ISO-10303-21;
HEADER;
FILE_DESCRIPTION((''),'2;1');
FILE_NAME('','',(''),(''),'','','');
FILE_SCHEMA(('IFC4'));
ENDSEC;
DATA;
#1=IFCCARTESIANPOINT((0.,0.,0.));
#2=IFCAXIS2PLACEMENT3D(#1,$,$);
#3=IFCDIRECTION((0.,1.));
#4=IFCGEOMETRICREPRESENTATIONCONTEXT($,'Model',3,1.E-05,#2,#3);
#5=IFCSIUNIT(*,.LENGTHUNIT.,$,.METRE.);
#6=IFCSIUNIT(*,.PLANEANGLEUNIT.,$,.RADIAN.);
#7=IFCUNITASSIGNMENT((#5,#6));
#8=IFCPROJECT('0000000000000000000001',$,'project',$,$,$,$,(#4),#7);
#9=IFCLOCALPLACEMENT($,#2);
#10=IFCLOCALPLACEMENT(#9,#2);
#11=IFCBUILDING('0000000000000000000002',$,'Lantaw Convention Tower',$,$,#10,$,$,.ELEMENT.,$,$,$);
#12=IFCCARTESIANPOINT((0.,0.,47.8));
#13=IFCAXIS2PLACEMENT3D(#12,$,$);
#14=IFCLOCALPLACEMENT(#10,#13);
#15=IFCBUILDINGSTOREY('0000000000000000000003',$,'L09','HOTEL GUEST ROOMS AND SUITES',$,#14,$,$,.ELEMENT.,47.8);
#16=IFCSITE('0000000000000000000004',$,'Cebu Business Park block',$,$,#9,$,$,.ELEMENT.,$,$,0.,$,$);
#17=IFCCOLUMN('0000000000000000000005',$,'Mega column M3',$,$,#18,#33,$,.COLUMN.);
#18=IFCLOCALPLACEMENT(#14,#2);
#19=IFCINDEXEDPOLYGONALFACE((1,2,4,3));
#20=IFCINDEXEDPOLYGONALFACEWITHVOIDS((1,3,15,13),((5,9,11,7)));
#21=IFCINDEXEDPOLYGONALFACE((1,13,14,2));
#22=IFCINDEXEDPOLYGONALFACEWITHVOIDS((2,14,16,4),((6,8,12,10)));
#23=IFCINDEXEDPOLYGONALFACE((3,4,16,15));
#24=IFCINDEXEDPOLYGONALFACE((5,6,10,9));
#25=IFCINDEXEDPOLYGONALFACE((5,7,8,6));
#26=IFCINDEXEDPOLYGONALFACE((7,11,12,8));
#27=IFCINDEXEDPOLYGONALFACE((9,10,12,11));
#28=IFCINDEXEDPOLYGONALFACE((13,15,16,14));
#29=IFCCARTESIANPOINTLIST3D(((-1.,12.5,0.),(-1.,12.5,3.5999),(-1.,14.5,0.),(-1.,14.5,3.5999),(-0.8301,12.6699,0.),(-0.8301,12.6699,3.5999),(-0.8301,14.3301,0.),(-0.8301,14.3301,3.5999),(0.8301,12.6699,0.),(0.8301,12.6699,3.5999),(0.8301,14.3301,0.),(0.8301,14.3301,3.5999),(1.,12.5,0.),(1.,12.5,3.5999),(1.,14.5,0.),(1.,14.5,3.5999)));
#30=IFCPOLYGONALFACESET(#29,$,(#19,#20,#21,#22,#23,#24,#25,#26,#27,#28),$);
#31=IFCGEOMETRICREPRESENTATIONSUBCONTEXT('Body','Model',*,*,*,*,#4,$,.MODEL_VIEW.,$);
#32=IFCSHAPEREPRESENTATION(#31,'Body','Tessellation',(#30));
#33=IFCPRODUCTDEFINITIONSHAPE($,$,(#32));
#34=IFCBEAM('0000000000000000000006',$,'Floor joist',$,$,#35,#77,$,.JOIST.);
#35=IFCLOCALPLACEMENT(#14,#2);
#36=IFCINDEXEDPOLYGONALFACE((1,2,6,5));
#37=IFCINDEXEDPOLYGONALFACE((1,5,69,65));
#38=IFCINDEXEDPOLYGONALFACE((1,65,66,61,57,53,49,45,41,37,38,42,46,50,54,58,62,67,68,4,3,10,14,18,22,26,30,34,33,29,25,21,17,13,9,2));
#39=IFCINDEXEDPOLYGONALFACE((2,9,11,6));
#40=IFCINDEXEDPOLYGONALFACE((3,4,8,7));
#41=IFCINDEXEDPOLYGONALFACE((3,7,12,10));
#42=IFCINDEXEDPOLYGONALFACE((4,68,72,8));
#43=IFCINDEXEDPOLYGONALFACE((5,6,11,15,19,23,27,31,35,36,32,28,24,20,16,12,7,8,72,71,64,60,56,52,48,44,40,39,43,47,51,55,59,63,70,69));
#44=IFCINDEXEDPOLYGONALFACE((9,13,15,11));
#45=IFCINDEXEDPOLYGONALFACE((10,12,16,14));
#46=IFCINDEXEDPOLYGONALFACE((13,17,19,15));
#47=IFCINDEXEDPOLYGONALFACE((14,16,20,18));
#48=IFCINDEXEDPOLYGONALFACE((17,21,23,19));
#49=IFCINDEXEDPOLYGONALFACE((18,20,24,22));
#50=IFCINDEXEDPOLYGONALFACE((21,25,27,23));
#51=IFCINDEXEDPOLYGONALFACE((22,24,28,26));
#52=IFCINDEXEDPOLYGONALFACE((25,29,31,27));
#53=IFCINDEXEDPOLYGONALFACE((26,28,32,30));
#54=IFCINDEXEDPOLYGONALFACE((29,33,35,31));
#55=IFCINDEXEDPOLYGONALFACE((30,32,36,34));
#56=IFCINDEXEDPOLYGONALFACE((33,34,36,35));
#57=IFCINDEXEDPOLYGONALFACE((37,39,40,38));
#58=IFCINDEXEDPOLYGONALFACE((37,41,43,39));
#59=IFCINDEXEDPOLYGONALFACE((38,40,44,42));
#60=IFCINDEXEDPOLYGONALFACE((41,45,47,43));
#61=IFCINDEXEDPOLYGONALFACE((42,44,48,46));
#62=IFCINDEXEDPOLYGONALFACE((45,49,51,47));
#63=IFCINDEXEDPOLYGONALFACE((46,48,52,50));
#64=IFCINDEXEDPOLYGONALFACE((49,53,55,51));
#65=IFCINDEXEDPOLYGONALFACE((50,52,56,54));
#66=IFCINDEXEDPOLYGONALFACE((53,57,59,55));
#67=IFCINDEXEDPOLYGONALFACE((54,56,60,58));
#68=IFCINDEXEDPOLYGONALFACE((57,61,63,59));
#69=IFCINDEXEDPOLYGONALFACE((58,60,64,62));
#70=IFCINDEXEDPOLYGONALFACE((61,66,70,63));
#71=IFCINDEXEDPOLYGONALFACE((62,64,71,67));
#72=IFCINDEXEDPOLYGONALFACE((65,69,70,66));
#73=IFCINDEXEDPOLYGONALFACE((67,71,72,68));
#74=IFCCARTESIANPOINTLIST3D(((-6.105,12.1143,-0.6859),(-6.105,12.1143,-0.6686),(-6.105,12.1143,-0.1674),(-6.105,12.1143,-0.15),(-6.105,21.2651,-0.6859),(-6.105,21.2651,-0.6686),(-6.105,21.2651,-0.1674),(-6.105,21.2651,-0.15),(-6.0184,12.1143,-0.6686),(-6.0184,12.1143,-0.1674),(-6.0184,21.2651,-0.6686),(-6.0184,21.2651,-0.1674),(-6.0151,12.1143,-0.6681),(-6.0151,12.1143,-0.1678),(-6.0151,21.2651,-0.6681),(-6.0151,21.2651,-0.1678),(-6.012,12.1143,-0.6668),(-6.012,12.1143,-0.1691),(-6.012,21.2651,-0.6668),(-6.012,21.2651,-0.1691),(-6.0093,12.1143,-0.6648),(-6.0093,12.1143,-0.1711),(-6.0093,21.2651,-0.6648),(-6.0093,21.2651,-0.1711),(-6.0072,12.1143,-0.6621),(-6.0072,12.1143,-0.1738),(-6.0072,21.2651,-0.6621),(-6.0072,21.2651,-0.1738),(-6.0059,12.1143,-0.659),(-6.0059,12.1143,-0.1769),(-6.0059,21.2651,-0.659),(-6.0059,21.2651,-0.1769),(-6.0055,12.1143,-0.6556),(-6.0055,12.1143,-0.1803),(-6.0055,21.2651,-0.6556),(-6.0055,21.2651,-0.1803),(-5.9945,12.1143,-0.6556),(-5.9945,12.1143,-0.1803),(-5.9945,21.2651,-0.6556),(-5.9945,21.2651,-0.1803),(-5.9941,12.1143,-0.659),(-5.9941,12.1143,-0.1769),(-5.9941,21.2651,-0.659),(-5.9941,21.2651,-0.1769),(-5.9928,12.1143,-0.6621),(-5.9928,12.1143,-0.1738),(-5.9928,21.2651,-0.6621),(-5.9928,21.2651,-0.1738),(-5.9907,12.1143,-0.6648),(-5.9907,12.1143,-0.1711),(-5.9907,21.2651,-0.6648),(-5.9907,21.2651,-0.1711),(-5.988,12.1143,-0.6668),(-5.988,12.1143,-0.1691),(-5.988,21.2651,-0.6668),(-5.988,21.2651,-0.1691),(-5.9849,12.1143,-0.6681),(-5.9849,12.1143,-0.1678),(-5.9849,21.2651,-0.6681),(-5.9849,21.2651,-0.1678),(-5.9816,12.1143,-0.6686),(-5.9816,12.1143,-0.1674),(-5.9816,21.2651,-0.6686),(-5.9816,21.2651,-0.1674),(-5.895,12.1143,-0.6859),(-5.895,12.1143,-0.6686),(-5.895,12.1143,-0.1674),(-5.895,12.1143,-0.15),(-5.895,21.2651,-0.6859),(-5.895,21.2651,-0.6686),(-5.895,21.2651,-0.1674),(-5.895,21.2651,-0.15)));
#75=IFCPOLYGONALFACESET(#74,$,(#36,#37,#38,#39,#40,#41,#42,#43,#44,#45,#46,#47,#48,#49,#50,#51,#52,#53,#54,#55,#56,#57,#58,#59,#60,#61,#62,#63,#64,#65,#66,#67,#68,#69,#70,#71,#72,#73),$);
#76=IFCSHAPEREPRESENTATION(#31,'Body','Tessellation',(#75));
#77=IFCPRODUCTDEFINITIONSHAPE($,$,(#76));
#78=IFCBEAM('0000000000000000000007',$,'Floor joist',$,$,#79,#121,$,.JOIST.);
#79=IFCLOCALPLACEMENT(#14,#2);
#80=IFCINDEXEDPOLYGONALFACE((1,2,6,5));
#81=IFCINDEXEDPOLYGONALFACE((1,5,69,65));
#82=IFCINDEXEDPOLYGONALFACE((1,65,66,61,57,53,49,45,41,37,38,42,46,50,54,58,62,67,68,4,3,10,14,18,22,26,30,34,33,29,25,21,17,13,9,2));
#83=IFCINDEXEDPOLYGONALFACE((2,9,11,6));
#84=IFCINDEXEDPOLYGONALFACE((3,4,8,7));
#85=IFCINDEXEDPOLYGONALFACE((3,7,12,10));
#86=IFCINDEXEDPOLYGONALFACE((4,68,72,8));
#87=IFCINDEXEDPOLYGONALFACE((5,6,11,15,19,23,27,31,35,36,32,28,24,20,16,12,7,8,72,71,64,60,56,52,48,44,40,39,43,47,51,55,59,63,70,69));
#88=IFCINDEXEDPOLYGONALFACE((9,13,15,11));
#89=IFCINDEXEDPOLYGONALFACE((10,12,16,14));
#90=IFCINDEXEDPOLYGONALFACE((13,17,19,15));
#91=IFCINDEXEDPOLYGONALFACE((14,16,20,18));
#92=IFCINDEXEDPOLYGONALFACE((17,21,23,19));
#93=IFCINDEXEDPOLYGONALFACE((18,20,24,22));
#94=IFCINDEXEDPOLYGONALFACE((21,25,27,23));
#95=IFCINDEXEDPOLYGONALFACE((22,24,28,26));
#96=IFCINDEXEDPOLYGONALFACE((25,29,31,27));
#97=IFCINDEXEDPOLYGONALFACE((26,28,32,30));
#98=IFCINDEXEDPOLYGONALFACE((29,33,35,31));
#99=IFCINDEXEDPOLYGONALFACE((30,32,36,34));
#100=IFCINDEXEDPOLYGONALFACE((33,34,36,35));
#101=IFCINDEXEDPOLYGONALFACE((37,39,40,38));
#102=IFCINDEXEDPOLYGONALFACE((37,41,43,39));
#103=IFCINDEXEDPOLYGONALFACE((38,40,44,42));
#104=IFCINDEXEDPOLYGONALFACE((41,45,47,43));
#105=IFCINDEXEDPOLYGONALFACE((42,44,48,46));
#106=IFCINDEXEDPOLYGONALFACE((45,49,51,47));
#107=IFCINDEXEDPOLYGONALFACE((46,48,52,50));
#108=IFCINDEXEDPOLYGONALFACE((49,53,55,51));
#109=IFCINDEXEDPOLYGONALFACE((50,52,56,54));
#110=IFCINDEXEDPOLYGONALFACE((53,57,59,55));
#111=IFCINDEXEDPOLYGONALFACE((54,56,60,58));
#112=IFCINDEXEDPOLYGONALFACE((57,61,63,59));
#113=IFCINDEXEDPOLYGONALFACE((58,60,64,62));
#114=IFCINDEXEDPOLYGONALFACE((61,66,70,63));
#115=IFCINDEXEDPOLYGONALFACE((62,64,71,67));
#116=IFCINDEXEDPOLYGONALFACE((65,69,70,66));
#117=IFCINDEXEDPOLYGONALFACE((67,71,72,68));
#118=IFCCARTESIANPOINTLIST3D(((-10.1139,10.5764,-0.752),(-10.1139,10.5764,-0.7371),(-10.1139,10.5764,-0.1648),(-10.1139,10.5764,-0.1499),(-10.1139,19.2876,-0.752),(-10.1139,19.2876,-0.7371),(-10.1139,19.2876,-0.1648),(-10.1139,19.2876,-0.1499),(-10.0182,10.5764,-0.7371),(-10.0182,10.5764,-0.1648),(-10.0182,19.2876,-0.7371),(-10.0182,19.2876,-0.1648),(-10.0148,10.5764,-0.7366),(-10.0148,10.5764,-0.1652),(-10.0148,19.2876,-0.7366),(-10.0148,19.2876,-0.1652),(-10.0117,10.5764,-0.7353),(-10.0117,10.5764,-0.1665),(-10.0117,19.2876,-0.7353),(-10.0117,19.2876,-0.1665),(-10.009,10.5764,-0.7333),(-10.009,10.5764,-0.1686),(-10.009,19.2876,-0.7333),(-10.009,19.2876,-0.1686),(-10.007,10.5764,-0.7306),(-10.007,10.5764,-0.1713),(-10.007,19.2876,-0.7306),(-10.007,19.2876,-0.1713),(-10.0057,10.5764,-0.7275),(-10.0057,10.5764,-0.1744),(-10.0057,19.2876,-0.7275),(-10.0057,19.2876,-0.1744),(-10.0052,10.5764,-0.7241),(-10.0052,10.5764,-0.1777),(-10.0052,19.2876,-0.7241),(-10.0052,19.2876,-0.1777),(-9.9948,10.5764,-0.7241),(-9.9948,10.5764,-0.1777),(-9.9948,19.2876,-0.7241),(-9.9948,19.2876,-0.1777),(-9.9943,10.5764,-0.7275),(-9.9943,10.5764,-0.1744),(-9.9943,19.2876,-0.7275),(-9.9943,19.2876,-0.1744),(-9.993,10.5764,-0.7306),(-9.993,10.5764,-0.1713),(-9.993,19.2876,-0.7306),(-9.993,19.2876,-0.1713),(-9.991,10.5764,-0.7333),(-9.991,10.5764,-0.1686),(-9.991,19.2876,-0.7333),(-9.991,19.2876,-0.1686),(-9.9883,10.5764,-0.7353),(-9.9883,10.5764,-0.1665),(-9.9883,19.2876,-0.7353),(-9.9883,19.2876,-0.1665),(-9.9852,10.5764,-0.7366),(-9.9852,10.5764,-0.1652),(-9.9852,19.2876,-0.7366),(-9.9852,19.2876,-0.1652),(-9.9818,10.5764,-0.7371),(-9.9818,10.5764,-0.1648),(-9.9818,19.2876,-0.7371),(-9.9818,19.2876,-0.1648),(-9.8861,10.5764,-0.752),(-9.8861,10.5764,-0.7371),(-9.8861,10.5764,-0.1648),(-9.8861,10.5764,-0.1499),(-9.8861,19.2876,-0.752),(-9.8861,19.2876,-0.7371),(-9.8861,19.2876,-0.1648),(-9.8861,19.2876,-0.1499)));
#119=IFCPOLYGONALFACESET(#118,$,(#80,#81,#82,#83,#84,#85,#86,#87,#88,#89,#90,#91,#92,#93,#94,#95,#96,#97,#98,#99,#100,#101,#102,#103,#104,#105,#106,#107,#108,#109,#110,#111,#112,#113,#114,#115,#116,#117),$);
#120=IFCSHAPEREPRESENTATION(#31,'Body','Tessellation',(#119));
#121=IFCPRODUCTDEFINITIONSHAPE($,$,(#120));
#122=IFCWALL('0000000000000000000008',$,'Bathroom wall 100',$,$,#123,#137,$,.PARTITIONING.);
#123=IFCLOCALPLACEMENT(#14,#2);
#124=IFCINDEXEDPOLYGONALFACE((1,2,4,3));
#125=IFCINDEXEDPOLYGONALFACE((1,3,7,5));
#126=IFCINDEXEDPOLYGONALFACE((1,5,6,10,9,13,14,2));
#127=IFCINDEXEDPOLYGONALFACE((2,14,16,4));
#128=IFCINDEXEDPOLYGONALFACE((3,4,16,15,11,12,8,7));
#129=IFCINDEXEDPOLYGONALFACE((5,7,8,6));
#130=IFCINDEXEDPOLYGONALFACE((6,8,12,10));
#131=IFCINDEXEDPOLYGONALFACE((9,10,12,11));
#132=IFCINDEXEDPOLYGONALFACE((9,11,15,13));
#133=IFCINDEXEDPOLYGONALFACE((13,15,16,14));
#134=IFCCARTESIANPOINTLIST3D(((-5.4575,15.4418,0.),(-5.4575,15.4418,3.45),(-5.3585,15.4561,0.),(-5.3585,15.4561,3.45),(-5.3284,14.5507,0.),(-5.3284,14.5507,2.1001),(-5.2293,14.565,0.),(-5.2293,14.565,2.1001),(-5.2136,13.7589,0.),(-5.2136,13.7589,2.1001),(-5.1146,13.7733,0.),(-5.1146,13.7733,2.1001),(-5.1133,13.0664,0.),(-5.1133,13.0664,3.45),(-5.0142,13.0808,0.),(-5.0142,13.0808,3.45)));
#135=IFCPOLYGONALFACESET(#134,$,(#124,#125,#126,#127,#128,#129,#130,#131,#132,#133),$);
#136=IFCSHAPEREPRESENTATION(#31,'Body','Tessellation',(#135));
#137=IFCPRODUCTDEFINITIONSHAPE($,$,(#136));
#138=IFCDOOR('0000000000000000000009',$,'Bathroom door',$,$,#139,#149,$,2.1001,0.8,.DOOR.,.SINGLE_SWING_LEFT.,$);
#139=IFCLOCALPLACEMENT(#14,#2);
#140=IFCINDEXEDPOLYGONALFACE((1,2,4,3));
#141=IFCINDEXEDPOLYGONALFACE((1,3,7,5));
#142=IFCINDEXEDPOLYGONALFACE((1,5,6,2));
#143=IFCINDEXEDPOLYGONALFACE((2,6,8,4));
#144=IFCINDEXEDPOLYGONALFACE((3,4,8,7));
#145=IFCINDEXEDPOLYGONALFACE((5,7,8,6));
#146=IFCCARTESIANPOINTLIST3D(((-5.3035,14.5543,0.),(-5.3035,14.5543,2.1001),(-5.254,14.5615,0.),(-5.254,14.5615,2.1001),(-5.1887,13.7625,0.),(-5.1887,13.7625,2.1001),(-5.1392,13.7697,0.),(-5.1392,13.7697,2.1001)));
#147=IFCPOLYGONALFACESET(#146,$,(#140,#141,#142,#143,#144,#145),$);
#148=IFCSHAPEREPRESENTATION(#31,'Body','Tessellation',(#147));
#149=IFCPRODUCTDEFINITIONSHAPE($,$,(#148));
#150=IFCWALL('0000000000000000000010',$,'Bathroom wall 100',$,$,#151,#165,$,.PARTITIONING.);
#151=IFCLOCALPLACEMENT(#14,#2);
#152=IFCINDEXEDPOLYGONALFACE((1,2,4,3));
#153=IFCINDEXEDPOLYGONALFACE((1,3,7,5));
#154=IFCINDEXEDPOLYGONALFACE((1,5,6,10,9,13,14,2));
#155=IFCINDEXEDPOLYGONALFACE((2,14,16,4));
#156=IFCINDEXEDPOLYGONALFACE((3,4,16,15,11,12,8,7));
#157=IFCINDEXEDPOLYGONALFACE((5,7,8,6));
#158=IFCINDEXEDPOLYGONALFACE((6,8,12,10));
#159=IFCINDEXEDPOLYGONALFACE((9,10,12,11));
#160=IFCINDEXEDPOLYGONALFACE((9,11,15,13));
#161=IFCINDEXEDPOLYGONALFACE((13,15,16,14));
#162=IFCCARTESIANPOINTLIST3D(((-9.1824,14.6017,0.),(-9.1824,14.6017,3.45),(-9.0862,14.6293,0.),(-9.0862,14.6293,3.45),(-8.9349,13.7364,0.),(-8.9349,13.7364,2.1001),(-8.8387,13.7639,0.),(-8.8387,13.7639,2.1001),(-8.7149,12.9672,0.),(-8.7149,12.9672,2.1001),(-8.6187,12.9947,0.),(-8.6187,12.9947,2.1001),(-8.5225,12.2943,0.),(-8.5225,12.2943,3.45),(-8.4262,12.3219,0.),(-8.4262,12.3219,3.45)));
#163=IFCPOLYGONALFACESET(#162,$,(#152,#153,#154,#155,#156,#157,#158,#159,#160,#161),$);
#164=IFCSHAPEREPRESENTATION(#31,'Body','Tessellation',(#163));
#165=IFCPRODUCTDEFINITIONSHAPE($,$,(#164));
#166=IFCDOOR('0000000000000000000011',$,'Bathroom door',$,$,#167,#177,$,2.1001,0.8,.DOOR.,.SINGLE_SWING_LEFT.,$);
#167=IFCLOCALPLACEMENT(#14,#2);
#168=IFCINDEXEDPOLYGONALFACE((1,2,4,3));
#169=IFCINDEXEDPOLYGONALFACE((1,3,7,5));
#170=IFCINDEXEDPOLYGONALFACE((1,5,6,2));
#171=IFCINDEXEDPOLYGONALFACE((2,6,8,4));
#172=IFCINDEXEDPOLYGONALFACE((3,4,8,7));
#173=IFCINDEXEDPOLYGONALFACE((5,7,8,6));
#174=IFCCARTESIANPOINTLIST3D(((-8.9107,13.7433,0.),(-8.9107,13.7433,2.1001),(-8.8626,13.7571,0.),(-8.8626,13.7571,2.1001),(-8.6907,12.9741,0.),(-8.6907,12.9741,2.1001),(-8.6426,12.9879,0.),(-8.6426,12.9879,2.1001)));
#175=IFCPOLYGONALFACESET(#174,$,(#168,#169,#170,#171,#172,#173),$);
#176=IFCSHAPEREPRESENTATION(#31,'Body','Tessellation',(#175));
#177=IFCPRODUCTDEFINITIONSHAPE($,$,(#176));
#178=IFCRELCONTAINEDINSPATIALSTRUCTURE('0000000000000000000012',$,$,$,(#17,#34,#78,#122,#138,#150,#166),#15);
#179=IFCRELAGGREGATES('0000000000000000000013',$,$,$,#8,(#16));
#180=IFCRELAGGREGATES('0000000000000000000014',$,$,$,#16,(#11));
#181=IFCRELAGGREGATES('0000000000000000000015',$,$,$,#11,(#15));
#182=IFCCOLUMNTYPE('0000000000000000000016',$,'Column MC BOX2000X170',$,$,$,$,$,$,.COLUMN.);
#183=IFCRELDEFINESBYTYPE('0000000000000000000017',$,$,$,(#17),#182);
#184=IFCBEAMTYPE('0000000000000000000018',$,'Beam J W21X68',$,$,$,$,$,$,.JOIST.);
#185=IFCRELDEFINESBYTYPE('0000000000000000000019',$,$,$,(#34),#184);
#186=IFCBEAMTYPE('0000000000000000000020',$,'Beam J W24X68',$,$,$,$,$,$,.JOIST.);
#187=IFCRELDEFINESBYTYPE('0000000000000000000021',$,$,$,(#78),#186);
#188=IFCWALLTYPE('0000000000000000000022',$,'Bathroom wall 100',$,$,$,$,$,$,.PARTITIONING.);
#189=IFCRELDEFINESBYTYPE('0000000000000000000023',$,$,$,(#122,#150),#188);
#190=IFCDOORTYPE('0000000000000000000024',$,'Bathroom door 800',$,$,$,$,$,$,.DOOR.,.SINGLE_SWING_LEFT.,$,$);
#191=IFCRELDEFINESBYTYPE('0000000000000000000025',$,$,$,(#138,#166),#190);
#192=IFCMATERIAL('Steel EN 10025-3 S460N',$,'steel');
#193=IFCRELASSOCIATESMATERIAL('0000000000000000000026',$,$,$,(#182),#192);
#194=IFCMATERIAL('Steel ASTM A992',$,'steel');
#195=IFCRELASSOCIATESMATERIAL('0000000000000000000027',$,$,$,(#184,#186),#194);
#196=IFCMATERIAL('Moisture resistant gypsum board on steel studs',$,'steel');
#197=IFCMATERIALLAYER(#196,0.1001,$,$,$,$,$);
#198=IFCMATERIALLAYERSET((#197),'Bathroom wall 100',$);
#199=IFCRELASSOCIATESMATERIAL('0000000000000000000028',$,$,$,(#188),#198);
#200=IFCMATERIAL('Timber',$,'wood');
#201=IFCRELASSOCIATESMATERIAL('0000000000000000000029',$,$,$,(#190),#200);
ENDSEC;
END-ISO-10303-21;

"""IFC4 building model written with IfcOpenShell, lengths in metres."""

from ifc_helpers import new_model, si_unit, direction, frame, frame_2d, origin, origin_2d, place, context, subcontext, project, spatial, rectangle, hollow_rectangle, i_section, extrude, material, layer, layer_set, material_profile, profile_set, type_object, element, fill, save


model = new_model("IFC4")

# Units and contexts
model_context = context("Model", 3, precision=1e-05, world=origin(), true_north=direction((0.0, 1.0)))
body_context = subcontext(model_context, "Body", "Model", "MODEL_VIEW")
ifc_project = project(units=[si_unit("LENGTHUNIT", "METRE"), si_unit("PLANEANGLEUNIT", "RADIAN")], contexts=[model_context])

# Site, building, storey
site_placement = place(None, origin())
site = spatial("IfcSite", under=ifc_project, at=site_placement, Name="Cebu Business Park block", CompositionType="ELEMENT", RefElevation=0.0)
building_placement = place(site_placement, origin())
building = spatial("IfcBuilding", under=site, at=building_placement, Name="Lantaw Convention Tower", CompositionType="ELEMENT")
storey_placement = place(building_placement, frame((0.0, 0.0, 47.8)))
storey = spatial("IfcBuildingStorey", under=building, at=storey_placement, Name="L09", Description="HOTEL GUEST ROOMS AND SUITES", CompositionType="ELEMENT", Elevation=47.8)

# Column
ifc_material_1 = material(Name="Steel EN 10025-3 S460N", Category="steel")
ifc_material_profile_1 = material_profile(ifc_material_1, hollow_rectangle(XDim=2.0, YDim=2.0, WallThickness=0.1699, at=origin_2d()), Name="BOX2000X170")
ifc_material_2 = material(Name="Concrete C60/75", Category="concrete")
ifc_material_profile_2 = material_profile(ifc_material_2, rectangle(XDim=1.6599, YDim=1.6599, at=origin_2d()), Name="Concrete fill of BOX2000X170")
ifc_profile_set_1 = profile_set([ifc_material_profile_1, ifc_material_profile_2], Name="Steel EN 10025-3 S460N")
column_type = type_object("IfcColumnType", Name="Column MC BOX2000X170", PredefinedType="COLUMN", material=ifc_profile_set_1)
column_placement = place(storey_placement, frame((0.0, 13.5, 0.0), z_axis=(0.0, 0.0, 1.0), x_axis=(1.0, 0.0, 0.0)))
element("IfcColumn", 1, at=column_placement, inside=storey, type_object=column_type, Name="Mega column M3", PredefinedType="COLUMN", context=body_context, shape_type="SweptSolid", body=[
    extrude(hollow_rectangle(XDim=2.0, YDim=2.0, WallThickness=0.1699, at=origin_2d()), origin(), (0.0, 0.0, 1.0), 3.5999),
])

# Beams
ifc_material_3 = material(Name="Steel ASTM A992", Category="steel")
ifc_material_profile_3 = material_profile(ifc_material_3, i_section(OverallWidth=0.21, OverallDepth=0.5359, WebThickness=0.011, FlangeThickness=0.0173, FilletRadius=0.0129, at=origin_2d()), Name="W21X68")
ifc_profile_set_2 = profile_set([ifc_material_profile_3], Name="Steel ASTM A992")
beam_type_1 = type_object("IfcBeamType", Name="Beam J W21X68", PredefinedType="JOIST", material=ifc_profile_set_2)
beam_1_placement = place(storey_placement, frame((-6.0, 12.1143, -0.418), z_axis=(0.0, 1.0, 0.0), x_axis=(-1.0, 0.0, 0.0)))
element("IfcBeam", 2, at=beam_1_placement, inside=storey, type_object=beam_type_1, Name="Floor joist", PredefinedType="JOIST", context=body_context, shape_type="SweptSolid", body=[
    extrude(i_section(OverallWidth=0.21, OverallDepth=0.5359, WebThickness=0.011, FlangeThickness=0.0173, FilletRadius=0.0129, at=origin_2d()), origin(), (0.0, 0.0, 1.0), 9.1509),
])
ifc_material_profile_4 = material_profile(ifc_material_3, i_section(OverallWidth=0.2278, OverallDepth=0.6021, WebThickness=0.0105, FlangeThickness=0.0149, FilletRadius=0.0129, at=origin_2d()), Name="W24X68")
ifc_profile_set_3 = profile_set([ifc_material_profile_4], Name="Steel ASTM A992")
beam_type_2 = type_object("IfcBeamType", Name="Beam J W24X68", PredefinedType="JOIST", material=ifc_profile_set_3)
beam_2_placement = place(storey_placement, frame((-10.0, 10.5764, -0.4509), z_axis=(0.0, 1.0, 0.0), x_axis=(-1.0, 0.0, 0.0)))
element("IfcBeam", 3, at=beam_2_placement, inside=storey, type_object=beam_type_2, Name="Floor joist", PredefinedType="JOIST", context=body_context, shape_type="SweptSolid", body=[
    extrude(i_section(OverallWidth=0.2278, OverallDepth=0.6021, WebThickness=0.0105, FlangeThickness=0.0149, FilletRadius=0.0129, at=origin_2d()), origin(), (0.0, 0.0, 1.0), 8.7112),
])

# Walls, openings, doors
ifc_material_4 = material(Name="Moisture resistant gypsum board on steel studs", Category="steel")
ifc_layer_1 = layer(ifc_material_4, 0.1001)
ifc_layer_set_1 = layer_set([ifc_layer_1], Name="Bathroom wall 100")
wall_type_1 = type_object("IfcWallType", Name="Bathroom wall 100", PredefinedType="PARTITIONING", material=ifc_layer_set_1)
wall_1_placement = place(storey_placement, frame((-5.0637, 13.0735, 0.0), z_axis=(0.0, 0.0, 1.0), x_axis=(-0.143429, 0.989661, 0.0)))
wall_1 = element("IfcWall", 4, at=wall_1_placement, inside=storey, type_object=wall_type_1, Name="Bathroom wall 100", PredefinedType="PARTITIONING", context=body_context, shape_type="SweptSolid", body=[
    extrude(rectangle(XDim=2.4001, YDim=0.1001, at=frame_2d((1.2002, 0.0))), origin(), (0.0, 0.0, 1.0), 3.45),
])
opening_1_placement = place(wall_1_placement, frame((0.7, 0.0, 0.0)))
opening_1 = element("IfcOpeningElement", 5, at=opening_1_placement, cuts=wall_1, PredefinedType="OPENING", context=body_context, shape_type="SweptSolid", body=[
    extrude(rectangle(XDim=0.8, YDim=2.1001, at=frame_2d((0.3999, 1.05))), frame((0.0, 0.0601, 0.0), z_axis=(0.0, -1.0, 0.0), x_axis=(1.0, 0.0, 0.0)), (0.0, 0.0, 1.0), 0.1201),
])
ifc_material_5 = material(Name="Timber", Category="wood")
door_type_1 = type_object("IfcDoorType", Name="Bathroom door 800", OperationType="SINGLE_SWING_LEFT", PredefinedType="DOOR", material=ifc_material_5)
door_1_placement = place(opening_1_placement, origin())
door_1 = element("IfcDoor", 6, at=door_1_placement, inside=storey, type_object=door_type_1, Name="Bathroom door", OperationType="SINGLE_SWING_LEFT", OverallHeight=2.1001, OverallWidth=0.8, PredefinedType="DOOR", context=body_context, shape_type="SweptSolid", body=[
    extrude(rectangle(XDim=0.8, YDim=2.1001, at=frame_2d((0.3999, 1.05))), frame((0.0, 0.0249, 0.0), z_axis=(0.0, -1.0, 0.0), x_axis=(1.0, 0.0, 0.0)), (0.0, 0.0, 1.0), 0.05),
])
fill(opening_1, door_1)
wall_2_placement = place(storey_placement, frame((-8.4744, 12.3081, 0.0), z_axis=(0.0, 0.0, 1.0), x_axis=(-0.274976, 0.961451, 0.0)))
wall_2 = element("IfcWall", 7, at=wall_2_placement, inside=storey, type_object=wall_type_1, Name="Bathroom wall 100", PredefinedType="PARTITIONING", context=body_context, shape_type="SweptSolid", body=[
    extrude(rectangle(XDim=2.3999, YDim=0.1001, at=frame_2d((1.2, 0.0))), origin(), (0.0, 0.0, 1.0), 3.45),
])
opening_2_placement = place(wall_2_placement, frame((0.7, 0.0, 0.0)))
opening_2 = element("IfcOpeningElement", 8, at=opening_2_placement, cuts=wall_2, PredefinedType="OPENING", context=body_context, shape_type="SweptSolid", body=[
    extrude(rectangle(XDim=0.8, YDim=2.1001, at=frame_2d((0.3999, 1.05))), frame((0.0, 0.0601, 0.0), z_axis=(0.0, -1.0, 0.0), x_axis=(1.0, 0.0, 0.0)), (0.0, 0.0, 1.0), 0.1201),
])
door_2_placement = place(opening_2_placement, origin())
door_2 = element("IfcDoor", 9, at=door_2_placement, inside=storey, type_object=door_type_1, Name="Bathroom door", OperationType="SINGLE_SWING_LEFT", OverallHeight=2.1001, OverallWidth=0.8, PredefinedType="DOOR", context=body_context, shape_type="SweptSolid", body=[
    extrude(rectangle(XDim=0.8, YDim=2.1001, at=frame_2d((0.3999, 1.05))), frame((0.0, 0.0249, 0.0), z_axis=(0.0, -1.0, 0.0), x_axis=(1.0, 0.0, 0.0)), (0.0, 0.0, 1.0), 0.05),
])
fill(opening_2, door_2)

save(model, "model.ifc")
